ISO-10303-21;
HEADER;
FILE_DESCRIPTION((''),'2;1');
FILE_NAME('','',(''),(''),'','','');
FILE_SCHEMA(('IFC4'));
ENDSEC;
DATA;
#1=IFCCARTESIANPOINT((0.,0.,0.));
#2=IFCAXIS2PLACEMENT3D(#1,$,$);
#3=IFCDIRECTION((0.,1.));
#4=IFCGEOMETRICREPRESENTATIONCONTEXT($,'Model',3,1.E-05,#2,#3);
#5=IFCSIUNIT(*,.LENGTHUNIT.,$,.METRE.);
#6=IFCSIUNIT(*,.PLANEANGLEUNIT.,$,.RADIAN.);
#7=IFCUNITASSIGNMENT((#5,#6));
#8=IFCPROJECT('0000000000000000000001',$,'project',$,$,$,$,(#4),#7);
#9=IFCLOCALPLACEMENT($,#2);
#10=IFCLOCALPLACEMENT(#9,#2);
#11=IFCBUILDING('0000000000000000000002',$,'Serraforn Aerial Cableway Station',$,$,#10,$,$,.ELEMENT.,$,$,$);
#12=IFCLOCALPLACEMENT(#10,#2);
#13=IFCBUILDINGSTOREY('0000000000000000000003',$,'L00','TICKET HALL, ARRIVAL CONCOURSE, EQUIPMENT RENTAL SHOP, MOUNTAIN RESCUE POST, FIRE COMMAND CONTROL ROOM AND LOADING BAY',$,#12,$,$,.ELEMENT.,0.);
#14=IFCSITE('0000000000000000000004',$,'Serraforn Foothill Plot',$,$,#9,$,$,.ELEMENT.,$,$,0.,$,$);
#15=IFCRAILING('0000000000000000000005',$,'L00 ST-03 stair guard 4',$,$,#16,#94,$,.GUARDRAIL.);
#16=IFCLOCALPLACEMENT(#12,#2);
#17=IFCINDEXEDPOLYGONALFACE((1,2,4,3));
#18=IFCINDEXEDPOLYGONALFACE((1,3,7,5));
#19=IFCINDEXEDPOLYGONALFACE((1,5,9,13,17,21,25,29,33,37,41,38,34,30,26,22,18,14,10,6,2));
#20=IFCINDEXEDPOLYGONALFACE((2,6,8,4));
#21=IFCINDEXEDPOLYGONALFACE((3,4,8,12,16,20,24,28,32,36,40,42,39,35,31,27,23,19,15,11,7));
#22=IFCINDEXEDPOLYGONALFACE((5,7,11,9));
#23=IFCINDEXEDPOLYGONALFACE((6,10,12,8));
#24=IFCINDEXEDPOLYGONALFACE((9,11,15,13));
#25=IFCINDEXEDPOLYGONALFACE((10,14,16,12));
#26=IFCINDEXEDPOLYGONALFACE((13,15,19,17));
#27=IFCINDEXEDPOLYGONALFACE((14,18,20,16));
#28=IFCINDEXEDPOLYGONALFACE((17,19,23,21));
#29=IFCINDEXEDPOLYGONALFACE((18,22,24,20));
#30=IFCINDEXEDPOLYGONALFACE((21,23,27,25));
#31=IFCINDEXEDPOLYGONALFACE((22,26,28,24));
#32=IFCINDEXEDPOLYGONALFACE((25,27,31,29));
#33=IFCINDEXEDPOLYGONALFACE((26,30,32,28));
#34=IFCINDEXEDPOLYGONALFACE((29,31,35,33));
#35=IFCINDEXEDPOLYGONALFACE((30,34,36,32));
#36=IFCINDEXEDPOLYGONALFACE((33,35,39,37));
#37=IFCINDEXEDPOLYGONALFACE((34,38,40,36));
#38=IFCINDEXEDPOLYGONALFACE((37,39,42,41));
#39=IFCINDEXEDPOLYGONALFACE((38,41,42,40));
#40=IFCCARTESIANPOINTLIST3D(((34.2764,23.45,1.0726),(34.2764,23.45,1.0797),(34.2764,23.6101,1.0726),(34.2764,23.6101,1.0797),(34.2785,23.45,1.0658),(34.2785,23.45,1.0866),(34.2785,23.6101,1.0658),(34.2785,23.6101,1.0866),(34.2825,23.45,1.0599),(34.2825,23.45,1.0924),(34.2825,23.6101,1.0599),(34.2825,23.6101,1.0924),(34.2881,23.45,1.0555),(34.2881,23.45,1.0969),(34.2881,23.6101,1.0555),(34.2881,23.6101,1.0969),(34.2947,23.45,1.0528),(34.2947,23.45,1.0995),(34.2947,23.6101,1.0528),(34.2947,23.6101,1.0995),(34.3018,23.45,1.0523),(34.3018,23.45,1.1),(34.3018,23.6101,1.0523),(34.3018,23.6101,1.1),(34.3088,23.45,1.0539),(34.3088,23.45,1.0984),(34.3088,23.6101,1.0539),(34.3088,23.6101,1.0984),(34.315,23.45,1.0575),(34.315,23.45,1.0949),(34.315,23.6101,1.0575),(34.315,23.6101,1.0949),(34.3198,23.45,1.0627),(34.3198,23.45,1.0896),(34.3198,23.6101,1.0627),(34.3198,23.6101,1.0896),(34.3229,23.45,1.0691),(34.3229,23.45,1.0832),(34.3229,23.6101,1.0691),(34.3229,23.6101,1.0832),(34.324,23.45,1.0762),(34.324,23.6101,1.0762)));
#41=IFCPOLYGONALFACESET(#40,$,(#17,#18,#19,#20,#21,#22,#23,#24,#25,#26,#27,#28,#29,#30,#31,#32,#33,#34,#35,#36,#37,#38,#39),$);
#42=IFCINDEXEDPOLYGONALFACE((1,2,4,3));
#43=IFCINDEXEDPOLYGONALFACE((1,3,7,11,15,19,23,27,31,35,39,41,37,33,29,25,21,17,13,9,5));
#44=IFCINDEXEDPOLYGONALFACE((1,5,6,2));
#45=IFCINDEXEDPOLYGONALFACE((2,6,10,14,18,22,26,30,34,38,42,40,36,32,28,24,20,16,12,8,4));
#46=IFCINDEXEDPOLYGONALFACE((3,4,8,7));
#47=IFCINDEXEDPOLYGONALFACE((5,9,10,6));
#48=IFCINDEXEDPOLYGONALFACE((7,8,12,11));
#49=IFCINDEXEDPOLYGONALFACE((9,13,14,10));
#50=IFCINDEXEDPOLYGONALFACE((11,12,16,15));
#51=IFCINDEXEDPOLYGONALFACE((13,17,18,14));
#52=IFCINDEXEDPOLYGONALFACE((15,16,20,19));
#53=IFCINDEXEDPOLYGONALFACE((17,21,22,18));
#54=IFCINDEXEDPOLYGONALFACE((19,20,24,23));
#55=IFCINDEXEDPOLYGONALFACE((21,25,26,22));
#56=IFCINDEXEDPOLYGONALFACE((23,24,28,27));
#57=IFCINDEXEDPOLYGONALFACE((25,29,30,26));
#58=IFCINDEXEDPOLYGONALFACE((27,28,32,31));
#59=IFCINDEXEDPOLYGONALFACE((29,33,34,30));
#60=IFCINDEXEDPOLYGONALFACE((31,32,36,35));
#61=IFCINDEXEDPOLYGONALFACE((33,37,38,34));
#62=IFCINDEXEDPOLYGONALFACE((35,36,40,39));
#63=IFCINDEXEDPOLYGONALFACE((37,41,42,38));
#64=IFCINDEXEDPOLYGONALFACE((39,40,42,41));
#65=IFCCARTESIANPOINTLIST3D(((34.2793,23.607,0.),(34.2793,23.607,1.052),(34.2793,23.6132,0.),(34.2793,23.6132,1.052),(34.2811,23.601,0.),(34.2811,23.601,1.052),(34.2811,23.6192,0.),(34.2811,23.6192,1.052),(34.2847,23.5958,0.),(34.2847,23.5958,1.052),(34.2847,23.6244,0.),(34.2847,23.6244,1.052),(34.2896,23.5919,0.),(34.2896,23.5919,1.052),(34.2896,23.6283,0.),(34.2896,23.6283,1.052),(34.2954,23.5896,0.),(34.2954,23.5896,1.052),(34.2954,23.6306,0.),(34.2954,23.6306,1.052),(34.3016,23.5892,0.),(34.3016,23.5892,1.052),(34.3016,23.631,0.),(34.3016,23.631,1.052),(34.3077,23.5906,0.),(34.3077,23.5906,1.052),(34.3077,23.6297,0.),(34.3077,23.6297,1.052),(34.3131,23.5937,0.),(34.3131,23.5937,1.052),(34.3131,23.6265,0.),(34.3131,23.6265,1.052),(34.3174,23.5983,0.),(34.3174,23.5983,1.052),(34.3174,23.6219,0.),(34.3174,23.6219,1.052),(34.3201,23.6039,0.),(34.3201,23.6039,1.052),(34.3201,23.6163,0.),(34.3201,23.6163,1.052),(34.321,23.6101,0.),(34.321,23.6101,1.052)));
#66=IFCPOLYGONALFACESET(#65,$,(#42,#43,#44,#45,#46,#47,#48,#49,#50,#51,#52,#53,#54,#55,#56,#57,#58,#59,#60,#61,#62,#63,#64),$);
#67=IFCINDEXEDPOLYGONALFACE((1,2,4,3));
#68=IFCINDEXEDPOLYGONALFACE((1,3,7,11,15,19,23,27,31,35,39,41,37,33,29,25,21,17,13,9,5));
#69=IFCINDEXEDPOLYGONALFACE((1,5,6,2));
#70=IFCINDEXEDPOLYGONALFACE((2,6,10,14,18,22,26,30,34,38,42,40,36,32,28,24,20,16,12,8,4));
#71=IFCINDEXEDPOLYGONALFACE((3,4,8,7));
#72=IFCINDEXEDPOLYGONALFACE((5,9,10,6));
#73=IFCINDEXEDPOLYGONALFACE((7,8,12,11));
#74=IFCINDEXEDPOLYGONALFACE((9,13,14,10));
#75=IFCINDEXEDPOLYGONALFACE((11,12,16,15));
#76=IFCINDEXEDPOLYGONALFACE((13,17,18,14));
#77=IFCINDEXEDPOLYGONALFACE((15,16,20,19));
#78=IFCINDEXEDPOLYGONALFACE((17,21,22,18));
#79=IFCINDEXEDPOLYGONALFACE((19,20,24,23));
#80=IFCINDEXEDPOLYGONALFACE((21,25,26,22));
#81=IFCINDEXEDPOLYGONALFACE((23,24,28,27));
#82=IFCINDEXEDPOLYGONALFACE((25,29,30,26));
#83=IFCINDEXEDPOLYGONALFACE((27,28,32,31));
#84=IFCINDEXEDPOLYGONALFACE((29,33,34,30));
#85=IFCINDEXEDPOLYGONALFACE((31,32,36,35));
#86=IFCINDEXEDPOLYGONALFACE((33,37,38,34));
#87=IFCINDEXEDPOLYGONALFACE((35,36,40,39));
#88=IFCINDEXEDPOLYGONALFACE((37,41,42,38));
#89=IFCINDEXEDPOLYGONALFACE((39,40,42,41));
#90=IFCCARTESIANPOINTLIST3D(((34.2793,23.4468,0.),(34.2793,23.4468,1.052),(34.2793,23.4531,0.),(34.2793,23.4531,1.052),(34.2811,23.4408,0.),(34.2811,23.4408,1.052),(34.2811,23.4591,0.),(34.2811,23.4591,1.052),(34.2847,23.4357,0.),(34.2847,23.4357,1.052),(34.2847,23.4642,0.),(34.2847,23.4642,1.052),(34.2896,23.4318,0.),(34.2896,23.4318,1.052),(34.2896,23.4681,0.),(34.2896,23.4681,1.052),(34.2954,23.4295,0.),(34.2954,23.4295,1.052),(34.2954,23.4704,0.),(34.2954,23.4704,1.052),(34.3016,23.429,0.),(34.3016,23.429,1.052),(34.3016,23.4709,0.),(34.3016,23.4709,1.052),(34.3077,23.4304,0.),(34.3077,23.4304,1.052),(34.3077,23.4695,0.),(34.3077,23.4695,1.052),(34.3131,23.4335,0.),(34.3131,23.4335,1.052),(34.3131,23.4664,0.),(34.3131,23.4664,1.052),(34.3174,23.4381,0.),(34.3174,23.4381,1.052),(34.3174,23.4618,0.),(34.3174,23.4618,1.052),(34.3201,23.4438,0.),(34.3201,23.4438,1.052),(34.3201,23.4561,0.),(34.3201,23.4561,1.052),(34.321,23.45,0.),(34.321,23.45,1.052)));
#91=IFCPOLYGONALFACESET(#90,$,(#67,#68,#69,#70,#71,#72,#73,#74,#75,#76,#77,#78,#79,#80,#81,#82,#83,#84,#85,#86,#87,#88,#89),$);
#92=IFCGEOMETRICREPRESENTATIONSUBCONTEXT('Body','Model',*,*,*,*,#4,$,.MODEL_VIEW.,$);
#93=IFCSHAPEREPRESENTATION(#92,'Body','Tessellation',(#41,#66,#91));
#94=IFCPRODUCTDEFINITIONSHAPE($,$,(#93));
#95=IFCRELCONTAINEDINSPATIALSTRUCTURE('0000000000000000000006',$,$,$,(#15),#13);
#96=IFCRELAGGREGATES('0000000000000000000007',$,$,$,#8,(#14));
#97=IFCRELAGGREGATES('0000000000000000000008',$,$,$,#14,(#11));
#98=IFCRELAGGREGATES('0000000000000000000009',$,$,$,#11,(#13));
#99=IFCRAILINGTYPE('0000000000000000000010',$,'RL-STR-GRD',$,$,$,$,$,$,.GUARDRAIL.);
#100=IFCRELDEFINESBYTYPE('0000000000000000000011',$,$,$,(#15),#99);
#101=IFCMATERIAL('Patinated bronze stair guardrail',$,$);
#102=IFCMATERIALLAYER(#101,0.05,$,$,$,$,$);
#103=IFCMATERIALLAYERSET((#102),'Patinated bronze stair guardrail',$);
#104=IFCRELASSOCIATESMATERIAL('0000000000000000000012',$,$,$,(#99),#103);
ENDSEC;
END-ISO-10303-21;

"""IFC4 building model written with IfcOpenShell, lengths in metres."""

from ifc_helpers import new_model, si_unit, direction, frame, origin, origin_2d, place, context, subcontext, project, spatial, circle, extrude, material, layer, layer_set, type_object, element, save


model = new_model("IFC4")

# Units and contexts
model_context = context("Model", 3, precision=1e-05, world=origin(), true_north=direction((0.0, 1.0)))
body_context = subcontext(model_context, "Body", "Model", "MODEL_VIEW")
ifc_project = project(units=[si_unit("LENGTHUNIT", "METRE"), si_unit("PLANEANGLEUNIT", "RADIAN")], contexts=[model_context])

# Site, building, storey
site_placement = place(None, origin())
site = spatial("IfcSite", under=ifc_project, at=site_placement, Name="Serraforn Foothill Plot", CompositionType="ELEMENT", RefElevation=0.0)
building_placement = place(site_placement, origin())
building = spatial("IfcBuilding", under=site, at=building_placement, Name="Serraforn Aerial Cableway Station", CompositionType="ELEMENT")
storey_placement = place(building_placement, origin())
storey = spatial("IfcBuildingStorey", under=building, at=storey_placement, Name="L00", Description="TICKET HALL, ARRIVAL CONCOURSE, EQUIPMENT RENTAL SHOP, MOUNTAIN RESCUE POST, FIRE COMMAND CONTROL ROOM AND LOADING BAY", CompositionType="ELEMENT", Elevation=0.0)

# Railing
ifc_material_1 = material(Name="Patinated bronze stair guardrail")
ifc_layer_1 = layer(ifc_material_1, 0.05)
ifc_layer_set_1 = layer_set([ifc_layer_1], Name="Patinated bronze stair guardrail")
railing_type_1 = type_object("IfcRailingType", Name="RL-STR-GRD", PredefinedType="GUARDRAIL", material=ifc_layer_set_1)
railing_1_placement = place(storey_placement, frame((34.3, 23.6101, 0.0)))
element("IfcRailing", 1, at=railing_1_placement, inside=storey, type_object=railing_type_1, Name="L00 ST-03 stair guard 4", PredefinedType="GUARDRAIL", context=body_context, shape_type="SweptSolid", body=[
    extrude(circle(Radius=0.0239, at=origin_2d()), frame((0.0, 0.0, 1.0762), z_axis=(0.0, -1.0, 0.0), x_axis=(1.0, 0.0, 0.0)), (0.0, 0.0, 1.0), 0.1602),
    extrude(circle(Radius=0.021, at=origin_2d()), origin(), (0.0, 0.0, 1.0), 1.052),
    extrude(circle(Radius=0.021, at=origin_2d()), frame((0.0, -0.1602, 0.0)), (0.0, 0.0, 1.0), 1.052),
])

save(model, "model.ifc")
